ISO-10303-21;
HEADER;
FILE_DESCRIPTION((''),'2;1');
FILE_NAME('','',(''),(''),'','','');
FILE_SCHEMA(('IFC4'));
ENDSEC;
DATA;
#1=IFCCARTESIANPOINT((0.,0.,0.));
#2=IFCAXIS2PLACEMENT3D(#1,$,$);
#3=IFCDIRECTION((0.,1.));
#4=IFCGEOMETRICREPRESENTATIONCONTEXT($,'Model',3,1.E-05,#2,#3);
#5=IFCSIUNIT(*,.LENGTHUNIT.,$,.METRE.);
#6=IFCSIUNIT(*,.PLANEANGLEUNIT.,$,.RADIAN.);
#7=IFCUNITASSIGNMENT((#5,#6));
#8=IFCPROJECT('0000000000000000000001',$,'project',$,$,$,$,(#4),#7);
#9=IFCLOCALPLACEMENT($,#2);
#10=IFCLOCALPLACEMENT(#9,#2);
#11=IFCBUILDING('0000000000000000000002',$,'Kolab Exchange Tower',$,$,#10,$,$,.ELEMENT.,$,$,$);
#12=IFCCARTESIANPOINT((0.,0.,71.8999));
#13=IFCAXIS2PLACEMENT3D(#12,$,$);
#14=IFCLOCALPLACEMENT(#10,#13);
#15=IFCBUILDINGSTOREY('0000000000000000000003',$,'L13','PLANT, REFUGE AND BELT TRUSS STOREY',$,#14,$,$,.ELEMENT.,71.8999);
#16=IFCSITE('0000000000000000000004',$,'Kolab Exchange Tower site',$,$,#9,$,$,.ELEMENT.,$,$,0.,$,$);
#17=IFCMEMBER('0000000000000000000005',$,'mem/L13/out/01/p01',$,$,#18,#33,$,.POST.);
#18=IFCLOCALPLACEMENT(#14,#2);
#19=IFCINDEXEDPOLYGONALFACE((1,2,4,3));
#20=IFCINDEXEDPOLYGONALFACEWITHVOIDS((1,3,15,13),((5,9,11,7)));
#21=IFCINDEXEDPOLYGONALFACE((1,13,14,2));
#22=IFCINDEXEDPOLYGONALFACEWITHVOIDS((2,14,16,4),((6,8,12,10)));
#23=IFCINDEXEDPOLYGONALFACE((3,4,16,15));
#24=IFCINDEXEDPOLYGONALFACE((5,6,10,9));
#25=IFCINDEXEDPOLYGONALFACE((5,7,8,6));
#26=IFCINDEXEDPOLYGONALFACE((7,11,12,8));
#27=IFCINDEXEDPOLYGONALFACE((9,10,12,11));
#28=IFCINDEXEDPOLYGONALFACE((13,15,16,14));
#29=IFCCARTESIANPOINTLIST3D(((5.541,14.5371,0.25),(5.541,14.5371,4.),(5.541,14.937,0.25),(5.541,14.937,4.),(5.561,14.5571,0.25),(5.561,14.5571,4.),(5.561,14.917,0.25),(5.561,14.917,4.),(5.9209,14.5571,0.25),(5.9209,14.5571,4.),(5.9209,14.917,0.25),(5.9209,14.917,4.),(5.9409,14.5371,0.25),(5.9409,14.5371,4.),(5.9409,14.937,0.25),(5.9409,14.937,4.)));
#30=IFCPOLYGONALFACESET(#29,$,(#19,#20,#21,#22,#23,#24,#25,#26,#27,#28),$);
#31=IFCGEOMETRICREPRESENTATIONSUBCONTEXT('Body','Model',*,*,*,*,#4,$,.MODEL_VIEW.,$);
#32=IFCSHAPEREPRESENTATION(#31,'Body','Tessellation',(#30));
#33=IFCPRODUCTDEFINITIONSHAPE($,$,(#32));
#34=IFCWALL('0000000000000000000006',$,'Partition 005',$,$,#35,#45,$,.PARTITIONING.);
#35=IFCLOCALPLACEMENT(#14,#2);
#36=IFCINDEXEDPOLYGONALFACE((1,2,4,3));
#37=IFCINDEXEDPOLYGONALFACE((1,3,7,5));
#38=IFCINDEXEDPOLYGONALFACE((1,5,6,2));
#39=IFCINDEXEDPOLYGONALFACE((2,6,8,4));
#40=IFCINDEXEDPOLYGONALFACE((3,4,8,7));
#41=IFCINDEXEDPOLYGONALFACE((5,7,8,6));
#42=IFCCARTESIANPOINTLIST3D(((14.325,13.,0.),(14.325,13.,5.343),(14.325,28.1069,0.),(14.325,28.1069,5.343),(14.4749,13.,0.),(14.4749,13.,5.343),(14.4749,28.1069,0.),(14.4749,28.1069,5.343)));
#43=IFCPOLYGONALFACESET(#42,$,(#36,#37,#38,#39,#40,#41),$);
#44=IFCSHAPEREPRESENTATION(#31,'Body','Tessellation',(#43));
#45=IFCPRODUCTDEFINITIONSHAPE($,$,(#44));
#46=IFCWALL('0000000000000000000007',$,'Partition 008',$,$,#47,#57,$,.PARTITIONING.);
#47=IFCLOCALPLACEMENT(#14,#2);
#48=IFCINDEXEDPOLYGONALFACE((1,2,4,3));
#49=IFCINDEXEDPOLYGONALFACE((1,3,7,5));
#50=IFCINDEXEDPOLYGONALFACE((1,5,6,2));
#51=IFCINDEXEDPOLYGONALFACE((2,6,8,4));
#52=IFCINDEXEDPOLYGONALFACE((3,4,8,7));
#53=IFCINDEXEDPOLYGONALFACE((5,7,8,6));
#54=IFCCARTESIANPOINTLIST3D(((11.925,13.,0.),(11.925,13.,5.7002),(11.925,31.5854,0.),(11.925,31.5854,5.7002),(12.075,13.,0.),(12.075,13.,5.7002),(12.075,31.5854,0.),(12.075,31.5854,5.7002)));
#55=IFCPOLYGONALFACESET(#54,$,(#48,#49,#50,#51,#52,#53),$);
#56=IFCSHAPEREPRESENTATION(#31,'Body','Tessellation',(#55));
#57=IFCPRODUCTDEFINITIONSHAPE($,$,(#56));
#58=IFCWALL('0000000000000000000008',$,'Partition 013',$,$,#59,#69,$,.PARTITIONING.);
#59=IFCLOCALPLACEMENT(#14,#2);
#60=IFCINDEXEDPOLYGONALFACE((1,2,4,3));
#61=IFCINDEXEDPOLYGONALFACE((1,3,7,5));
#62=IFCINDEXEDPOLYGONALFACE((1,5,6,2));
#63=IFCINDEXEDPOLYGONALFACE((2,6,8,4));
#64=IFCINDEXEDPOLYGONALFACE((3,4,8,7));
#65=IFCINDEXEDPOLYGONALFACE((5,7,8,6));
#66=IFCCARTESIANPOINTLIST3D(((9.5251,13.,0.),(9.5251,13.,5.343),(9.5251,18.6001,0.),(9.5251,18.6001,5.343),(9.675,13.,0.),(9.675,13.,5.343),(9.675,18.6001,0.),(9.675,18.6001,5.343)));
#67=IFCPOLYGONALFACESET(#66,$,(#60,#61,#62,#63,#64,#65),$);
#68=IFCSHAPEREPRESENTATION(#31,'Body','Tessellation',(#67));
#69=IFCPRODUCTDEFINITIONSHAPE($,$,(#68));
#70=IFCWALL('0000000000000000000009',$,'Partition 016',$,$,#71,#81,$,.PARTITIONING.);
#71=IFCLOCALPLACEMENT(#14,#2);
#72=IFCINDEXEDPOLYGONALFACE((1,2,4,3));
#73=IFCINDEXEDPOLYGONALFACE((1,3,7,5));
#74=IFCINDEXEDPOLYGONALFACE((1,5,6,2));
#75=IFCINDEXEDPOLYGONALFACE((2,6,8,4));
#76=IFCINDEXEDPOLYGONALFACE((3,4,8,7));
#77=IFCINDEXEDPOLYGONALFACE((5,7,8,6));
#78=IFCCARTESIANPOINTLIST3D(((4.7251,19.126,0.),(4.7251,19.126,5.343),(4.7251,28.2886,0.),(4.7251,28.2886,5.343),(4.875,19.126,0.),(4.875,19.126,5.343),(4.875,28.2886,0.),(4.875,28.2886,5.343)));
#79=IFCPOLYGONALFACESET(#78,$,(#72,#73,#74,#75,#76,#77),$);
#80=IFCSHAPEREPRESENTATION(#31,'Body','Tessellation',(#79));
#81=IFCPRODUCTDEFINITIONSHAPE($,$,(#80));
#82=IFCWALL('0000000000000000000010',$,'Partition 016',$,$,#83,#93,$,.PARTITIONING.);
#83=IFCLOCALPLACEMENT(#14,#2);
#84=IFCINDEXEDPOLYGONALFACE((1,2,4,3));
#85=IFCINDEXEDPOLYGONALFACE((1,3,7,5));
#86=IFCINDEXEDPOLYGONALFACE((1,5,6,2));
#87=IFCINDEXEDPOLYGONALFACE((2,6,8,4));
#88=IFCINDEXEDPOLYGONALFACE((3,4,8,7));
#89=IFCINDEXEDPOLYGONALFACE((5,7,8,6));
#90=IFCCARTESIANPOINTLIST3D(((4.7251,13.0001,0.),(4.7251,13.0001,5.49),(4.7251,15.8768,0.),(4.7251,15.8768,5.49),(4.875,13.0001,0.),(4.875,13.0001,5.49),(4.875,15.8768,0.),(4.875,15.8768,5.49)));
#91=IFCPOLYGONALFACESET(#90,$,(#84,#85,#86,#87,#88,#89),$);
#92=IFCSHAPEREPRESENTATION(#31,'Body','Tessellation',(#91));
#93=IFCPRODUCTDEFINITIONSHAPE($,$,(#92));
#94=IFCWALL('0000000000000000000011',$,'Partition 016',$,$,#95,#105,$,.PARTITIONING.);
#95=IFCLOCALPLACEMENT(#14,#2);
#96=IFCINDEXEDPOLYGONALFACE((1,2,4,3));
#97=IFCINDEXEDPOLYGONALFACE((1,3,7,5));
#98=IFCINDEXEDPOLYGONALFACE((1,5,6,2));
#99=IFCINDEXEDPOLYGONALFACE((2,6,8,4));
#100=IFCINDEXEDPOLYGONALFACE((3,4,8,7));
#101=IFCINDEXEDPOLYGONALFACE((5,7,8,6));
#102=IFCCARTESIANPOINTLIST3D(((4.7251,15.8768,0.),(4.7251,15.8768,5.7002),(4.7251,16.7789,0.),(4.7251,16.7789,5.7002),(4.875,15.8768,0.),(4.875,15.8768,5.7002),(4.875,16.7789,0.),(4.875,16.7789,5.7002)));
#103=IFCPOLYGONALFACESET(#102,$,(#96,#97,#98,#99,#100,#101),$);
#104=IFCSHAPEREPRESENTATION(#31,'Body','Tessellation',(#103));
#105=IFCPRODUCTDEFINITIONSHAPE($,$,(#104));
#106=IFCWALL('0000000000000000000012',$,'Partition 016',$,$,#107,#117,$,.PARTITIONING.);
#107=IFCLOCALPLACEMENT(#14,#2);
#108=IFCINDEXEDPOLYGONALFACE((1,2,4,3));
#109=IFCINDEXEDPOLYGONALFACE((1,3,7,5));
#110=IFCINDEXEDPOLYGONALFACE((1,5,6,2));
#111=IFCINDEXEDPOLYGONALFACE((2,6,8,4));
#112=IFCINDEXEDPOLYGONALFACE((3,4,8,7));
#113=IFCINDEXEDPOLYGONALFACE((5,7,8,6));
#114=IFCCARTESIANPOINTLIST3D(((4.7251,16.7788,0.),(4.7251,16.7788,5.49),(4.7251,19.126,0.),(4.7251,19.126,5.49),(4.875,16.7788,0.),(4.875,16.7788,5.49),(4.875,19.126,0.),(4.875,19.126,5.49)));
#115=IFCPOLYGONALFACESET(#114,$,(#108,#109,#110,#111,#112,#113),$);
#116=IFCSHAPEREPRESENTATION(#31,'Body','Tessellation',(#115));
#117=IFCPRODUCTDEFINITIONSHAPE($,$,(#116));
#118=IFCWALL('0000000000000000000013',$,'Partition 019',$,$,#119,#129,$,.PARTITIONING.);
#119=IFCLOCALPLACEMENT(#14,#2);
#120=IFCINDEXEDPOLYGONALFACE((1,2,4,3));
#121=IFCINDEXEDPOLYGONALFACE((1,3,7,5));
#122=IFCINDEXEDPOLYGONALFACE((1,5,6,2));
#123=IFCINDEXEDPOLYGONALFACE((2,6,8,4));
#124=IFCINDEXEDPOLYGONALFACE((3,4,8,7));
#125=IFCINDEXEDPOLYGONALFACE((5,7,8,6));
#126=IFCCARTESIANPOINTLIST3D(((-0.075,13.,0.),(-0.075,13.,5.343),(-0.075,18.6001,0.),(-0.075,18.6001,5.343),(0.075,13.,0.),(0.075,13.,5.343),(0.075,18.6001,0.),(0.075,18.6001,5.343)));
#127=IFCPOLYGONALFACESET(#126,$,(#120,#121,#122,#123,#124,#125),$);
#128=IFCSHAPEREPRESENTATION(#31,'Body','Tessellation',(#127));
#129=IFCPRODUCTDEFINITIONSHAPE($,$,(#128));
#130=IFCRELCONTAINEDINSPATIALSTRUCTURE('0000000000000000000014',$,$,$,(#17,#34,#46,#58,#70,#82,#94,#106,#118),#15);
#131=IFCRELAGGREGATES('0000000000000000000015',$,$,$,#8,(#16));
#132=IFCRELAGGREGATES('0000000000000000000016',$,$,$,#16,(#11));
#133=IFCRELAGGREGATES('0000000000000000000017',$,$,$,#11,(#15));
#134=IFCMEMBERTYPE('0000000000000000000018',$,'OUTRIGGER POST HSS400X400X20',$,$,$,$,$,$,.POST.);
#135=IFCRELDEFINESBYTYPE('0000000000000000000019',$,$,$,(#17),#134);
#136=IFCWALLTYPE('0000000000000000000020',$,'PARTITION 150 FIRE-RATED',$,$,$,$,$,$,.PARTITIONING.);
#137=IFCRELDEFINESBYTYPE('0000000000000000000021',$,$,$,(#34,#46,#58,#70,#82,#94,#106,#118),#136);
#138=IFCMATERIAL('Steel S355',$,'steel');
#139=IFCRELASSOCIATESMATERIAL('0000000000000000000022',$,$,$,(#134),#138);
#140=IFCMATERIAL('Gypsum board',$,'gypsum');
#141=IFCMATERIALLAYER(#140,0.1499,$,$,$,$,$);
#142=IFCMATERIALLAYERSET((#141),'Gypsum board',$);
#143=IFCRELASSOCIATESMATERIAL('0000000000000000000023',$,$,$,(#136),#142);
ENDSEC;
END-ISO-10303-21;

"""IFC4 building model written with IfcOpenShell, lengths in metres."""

from ifc_helpers import new_model, si_unit, direction, frame, frame_2d, origin, origin_2d, place, context, subcontext, project, spatial, rectangle, hollow_rectangle, extrude, material, layer, layer_set, material_profile, profile_set, type_object, element, save


model = new_model("IFC4")

# Units and contexts
model_context = context("Model", 3, precision=1e-05, world=origin(), true_north=direction((0.0, 1.0)))
body_context = subcontext(model_context, "Body", "Model", "MODEL_VIEW")
ifc_project = project(units=[si_unit("LENGTHUNIT", "METRE"), si_unit("PLANEANGLEUNIT", "RADIAN")], contexts=[model_context])

# Site, building, storey
site_placement = place(None, origin())
site = spatial("IfcSite", under=ifc_project, at=site_placement, Name="Kolab Exchange Tower site", CompositionType="ELEMENT", RefElevation=0.0)
building_placement = place(site_placement, origin())
building = spatial("IfcBuilding", under=site, at=building_placement, Name="Kolab Exchange Tower", CompositionType="ELEMENT")
storey_placement = place(building_placement, frame((0.0, 0.0, 71.8999)))
storey = spatial("IfcBuildingStorey", under=building, at=storey_placement, Name="L13", Description="PLANT, REFUGE AND BELT TRUSS STOREY", CompositionType="ELEMENT", Elevation=71.8999)

# Shared definitions
ifc_material_1 = material(Name="Steel S355", Category="steel")

# Member
ifc_material_profile_1 = material_profile(ifc_material_1, hollow_rectangle(XDim=0.3999, YDim=0.3999, WallThickness=0.02, at=origin_2d()), Name="HSS400X400X20")
ifc_profile_set_1 = profile_set([ifc_material_profile_1], Name="Steel S355")
member_type_1 = type_object("IfcMemberType", Name="OUTRIGGER POST HSS400X400X20", PredefinedType="POST", material=ifc_profile_set_1)
for number, where, z_axis, x_axis, name in (
    (1, (5.741, 14.7371, 0.25), (0.0, 0.0, 1.0), (1.0, 0.0, 0.0), "mem/L13/out/01/p01"),
):
    element("IfcMember", number, at=place(storey_placement, frame(where, z_axis=z_axis, x_axis=x_axis)), inside=storey, type_object=member_type_1, Name=name, PredefinedType="POST", context=body_context, shape_type="SweptSolid", body=[
        extrude(hollow_rectangle(XDim=0.3999, YDim=0.3999, WallThickness=0.02, at=origin_2d()), origin(), (0.0, 0.0, 1.0), 3.75),
    ])

# Walls
ifc_material_2 = material(Name="Gypsum board", Category="gypsum")
ifc_layer = layer(ifc_material_2, 0.1499)
ifc_layer_set = layer_set([ifc_layer], Name="Gypsum board")
wall_type = type_object("IfcWallType", Name="PARTITION 150 FIRE-RATED", PredefinedType="PARTITIONING", material=ifc_layer_set)
wall_1_placement = place(storey_placement, frame((14.3999, 13.0, 0.0), z_axis=(0.0, 0.0, 1.0), x_axis=(0.0, 1.0, 0.0)))
element("IfcWall", 2, at=wall_1_placement, inside=storey, type_object=wall_type, Name="Partition 005", PredefinedType="PARTITIONING", context=body_context, shape_type="SweptSolid", body=[
    extrude(rectangle(XDim=15.1069, YDim=0.1499, at=frame_2d((7.5535, 0.0))), origin(), (0.0, 0.0, 1.0), 5.343),
])
wall_2_placement = place(storey_placement, frame((12.0, 13.0, 0.0), z_axis=(0.0, 0.0, 1.0), x_axis=(0.0, 1.0, 0.0)))
element("IfcWall", 3, at=wall_2_placement, inside=storey, type_object=wall_type, Name="Partition 008", PredefinedType="PARTITIONING", context=body_context, shape_type="SweptSolid", body=[
    extrude(rectangle(XDim=18.5854, YDim=0.1499, at=frame_2d((9.2927, 0.0))), origin(), (0.0, 0.0, 1.0), 5.7002),
])
wall_3_placement = place(storey_placement, frame((9.6001, 13.0, 0.0), z_axis=(0.0, 0.0, 1.0), x_axis=(0.0, 1.0, 0.0)))
element("IfcWall", 4, at=wall_3_placement, inside=storey, type_object=wall_type, Name="Partition 013", PredefinedType="PARTITIONING", context=body_context, shape_type="SweptSolid", body=[
    extrude(rectangle(XDim=5.6001, YDim=0.1499, at=frame_2d((2.8, 0.0))), origin(), (0.0, 0.0, 1.0), 5.343),
])
wall_4_placement = place(storey_placement, frame((4.8, 19.126, 0.0), z_axis=(0.0, 0.0, 1.0), x_axis=(0.0, 1.0, 0.0)))
element("IfcWall", 5, at=wall_4_placement, inside=storey, type_object=wall_type, Name="Partition 016", PredefinedType="PARTITIONING", context=body_context, shape_type="SweptSolid", body=[
    extrude(rectangle(XDim=9.1626, YDim=0.1499, at=frame_2d((4.5813, 0.0))), origin(), (0.0, 0.0, 1.0), 5.343),
])
wall_5_placement = place(storey_placement, frame((4.8, 13.0, 0.0), z_axis=(0.0, 0.0, 1.0), x_axis=(0.0, 1.0, 0.0)))
element("IfcWall", 6, at=wall_5_placement, inside=storey, type_object=wall_type, Name="Partition 016", PredefinedType="PARTITIONING", context=body_context, shape_type="SweptSolid", body=[
    extrude(rectangle(XDim=2.8767, YDim=0.1499, at=frame_2d((1.4385, 0.0))), origin(), (0.0, 0.0, 1.0), 5.49),
])
wall_6_placement = place(storey_placement, frame((4.8, 15.8767, 0.0), z_axis=(0.0, 0.0, 1.0), x_axis=(0.0, 1.0, 0.0)))
element("IfcWall", 7, at=wall_6_placement, inside=storey, type_object=wall_type, Name="Partition 016", PredefinedType="PARTITIONING", context=body_context, shape_type="SweptSolid", body=[
    extrude(rectangle(XDim=0.9021, YDim=0.1499, at=frame_2d((0.4512, 0.0))), origin(), (0.0, 0.0, 1.0), 5.7002),
])
wall_7_placement = place(storey_placement, frame((4.8, 16.7788, 0.0), z_axis=(0.0, 0.0, 1.0), x_axis=(0.0, 1.0, 0.0)))
element("IfcWall", 8, at=wall_7_placement, inside=storey, type_object=wall_type, Name="Partition 016", PredefinedType="PARTITIONING", context=body_context, shape_type="SweptSolid", body=[
    extrude(rectangle(XDim=2.3472, YDim=0.1499, at=frame_2d((1.1736, 0.0))), origin(), (0.0, 0.0, 1.0), 5.49),
])
wall_8_placement = place(storey_placement, frame((0.0, 13.0, 0.0), z_axis=(0.0, 0.0, 1.0), x_axis=(0.0, 1.0, 0.0)))
element("IfcWall", 9, at=wall_8_placement, inside=storey, type_object=wall_type, Name="Partition 019", PredefinedType="PARTITIONING", context=body_context, shape_type="SweptSolid", body=[
    extrude(rectangle(XDim=5.6001, YDim=0.1499, at=frame_2d((2.8, 0.0))), origin(), (0.0, 0.0, 1.0), 5.343),
])

save(model, "model.ifc")
